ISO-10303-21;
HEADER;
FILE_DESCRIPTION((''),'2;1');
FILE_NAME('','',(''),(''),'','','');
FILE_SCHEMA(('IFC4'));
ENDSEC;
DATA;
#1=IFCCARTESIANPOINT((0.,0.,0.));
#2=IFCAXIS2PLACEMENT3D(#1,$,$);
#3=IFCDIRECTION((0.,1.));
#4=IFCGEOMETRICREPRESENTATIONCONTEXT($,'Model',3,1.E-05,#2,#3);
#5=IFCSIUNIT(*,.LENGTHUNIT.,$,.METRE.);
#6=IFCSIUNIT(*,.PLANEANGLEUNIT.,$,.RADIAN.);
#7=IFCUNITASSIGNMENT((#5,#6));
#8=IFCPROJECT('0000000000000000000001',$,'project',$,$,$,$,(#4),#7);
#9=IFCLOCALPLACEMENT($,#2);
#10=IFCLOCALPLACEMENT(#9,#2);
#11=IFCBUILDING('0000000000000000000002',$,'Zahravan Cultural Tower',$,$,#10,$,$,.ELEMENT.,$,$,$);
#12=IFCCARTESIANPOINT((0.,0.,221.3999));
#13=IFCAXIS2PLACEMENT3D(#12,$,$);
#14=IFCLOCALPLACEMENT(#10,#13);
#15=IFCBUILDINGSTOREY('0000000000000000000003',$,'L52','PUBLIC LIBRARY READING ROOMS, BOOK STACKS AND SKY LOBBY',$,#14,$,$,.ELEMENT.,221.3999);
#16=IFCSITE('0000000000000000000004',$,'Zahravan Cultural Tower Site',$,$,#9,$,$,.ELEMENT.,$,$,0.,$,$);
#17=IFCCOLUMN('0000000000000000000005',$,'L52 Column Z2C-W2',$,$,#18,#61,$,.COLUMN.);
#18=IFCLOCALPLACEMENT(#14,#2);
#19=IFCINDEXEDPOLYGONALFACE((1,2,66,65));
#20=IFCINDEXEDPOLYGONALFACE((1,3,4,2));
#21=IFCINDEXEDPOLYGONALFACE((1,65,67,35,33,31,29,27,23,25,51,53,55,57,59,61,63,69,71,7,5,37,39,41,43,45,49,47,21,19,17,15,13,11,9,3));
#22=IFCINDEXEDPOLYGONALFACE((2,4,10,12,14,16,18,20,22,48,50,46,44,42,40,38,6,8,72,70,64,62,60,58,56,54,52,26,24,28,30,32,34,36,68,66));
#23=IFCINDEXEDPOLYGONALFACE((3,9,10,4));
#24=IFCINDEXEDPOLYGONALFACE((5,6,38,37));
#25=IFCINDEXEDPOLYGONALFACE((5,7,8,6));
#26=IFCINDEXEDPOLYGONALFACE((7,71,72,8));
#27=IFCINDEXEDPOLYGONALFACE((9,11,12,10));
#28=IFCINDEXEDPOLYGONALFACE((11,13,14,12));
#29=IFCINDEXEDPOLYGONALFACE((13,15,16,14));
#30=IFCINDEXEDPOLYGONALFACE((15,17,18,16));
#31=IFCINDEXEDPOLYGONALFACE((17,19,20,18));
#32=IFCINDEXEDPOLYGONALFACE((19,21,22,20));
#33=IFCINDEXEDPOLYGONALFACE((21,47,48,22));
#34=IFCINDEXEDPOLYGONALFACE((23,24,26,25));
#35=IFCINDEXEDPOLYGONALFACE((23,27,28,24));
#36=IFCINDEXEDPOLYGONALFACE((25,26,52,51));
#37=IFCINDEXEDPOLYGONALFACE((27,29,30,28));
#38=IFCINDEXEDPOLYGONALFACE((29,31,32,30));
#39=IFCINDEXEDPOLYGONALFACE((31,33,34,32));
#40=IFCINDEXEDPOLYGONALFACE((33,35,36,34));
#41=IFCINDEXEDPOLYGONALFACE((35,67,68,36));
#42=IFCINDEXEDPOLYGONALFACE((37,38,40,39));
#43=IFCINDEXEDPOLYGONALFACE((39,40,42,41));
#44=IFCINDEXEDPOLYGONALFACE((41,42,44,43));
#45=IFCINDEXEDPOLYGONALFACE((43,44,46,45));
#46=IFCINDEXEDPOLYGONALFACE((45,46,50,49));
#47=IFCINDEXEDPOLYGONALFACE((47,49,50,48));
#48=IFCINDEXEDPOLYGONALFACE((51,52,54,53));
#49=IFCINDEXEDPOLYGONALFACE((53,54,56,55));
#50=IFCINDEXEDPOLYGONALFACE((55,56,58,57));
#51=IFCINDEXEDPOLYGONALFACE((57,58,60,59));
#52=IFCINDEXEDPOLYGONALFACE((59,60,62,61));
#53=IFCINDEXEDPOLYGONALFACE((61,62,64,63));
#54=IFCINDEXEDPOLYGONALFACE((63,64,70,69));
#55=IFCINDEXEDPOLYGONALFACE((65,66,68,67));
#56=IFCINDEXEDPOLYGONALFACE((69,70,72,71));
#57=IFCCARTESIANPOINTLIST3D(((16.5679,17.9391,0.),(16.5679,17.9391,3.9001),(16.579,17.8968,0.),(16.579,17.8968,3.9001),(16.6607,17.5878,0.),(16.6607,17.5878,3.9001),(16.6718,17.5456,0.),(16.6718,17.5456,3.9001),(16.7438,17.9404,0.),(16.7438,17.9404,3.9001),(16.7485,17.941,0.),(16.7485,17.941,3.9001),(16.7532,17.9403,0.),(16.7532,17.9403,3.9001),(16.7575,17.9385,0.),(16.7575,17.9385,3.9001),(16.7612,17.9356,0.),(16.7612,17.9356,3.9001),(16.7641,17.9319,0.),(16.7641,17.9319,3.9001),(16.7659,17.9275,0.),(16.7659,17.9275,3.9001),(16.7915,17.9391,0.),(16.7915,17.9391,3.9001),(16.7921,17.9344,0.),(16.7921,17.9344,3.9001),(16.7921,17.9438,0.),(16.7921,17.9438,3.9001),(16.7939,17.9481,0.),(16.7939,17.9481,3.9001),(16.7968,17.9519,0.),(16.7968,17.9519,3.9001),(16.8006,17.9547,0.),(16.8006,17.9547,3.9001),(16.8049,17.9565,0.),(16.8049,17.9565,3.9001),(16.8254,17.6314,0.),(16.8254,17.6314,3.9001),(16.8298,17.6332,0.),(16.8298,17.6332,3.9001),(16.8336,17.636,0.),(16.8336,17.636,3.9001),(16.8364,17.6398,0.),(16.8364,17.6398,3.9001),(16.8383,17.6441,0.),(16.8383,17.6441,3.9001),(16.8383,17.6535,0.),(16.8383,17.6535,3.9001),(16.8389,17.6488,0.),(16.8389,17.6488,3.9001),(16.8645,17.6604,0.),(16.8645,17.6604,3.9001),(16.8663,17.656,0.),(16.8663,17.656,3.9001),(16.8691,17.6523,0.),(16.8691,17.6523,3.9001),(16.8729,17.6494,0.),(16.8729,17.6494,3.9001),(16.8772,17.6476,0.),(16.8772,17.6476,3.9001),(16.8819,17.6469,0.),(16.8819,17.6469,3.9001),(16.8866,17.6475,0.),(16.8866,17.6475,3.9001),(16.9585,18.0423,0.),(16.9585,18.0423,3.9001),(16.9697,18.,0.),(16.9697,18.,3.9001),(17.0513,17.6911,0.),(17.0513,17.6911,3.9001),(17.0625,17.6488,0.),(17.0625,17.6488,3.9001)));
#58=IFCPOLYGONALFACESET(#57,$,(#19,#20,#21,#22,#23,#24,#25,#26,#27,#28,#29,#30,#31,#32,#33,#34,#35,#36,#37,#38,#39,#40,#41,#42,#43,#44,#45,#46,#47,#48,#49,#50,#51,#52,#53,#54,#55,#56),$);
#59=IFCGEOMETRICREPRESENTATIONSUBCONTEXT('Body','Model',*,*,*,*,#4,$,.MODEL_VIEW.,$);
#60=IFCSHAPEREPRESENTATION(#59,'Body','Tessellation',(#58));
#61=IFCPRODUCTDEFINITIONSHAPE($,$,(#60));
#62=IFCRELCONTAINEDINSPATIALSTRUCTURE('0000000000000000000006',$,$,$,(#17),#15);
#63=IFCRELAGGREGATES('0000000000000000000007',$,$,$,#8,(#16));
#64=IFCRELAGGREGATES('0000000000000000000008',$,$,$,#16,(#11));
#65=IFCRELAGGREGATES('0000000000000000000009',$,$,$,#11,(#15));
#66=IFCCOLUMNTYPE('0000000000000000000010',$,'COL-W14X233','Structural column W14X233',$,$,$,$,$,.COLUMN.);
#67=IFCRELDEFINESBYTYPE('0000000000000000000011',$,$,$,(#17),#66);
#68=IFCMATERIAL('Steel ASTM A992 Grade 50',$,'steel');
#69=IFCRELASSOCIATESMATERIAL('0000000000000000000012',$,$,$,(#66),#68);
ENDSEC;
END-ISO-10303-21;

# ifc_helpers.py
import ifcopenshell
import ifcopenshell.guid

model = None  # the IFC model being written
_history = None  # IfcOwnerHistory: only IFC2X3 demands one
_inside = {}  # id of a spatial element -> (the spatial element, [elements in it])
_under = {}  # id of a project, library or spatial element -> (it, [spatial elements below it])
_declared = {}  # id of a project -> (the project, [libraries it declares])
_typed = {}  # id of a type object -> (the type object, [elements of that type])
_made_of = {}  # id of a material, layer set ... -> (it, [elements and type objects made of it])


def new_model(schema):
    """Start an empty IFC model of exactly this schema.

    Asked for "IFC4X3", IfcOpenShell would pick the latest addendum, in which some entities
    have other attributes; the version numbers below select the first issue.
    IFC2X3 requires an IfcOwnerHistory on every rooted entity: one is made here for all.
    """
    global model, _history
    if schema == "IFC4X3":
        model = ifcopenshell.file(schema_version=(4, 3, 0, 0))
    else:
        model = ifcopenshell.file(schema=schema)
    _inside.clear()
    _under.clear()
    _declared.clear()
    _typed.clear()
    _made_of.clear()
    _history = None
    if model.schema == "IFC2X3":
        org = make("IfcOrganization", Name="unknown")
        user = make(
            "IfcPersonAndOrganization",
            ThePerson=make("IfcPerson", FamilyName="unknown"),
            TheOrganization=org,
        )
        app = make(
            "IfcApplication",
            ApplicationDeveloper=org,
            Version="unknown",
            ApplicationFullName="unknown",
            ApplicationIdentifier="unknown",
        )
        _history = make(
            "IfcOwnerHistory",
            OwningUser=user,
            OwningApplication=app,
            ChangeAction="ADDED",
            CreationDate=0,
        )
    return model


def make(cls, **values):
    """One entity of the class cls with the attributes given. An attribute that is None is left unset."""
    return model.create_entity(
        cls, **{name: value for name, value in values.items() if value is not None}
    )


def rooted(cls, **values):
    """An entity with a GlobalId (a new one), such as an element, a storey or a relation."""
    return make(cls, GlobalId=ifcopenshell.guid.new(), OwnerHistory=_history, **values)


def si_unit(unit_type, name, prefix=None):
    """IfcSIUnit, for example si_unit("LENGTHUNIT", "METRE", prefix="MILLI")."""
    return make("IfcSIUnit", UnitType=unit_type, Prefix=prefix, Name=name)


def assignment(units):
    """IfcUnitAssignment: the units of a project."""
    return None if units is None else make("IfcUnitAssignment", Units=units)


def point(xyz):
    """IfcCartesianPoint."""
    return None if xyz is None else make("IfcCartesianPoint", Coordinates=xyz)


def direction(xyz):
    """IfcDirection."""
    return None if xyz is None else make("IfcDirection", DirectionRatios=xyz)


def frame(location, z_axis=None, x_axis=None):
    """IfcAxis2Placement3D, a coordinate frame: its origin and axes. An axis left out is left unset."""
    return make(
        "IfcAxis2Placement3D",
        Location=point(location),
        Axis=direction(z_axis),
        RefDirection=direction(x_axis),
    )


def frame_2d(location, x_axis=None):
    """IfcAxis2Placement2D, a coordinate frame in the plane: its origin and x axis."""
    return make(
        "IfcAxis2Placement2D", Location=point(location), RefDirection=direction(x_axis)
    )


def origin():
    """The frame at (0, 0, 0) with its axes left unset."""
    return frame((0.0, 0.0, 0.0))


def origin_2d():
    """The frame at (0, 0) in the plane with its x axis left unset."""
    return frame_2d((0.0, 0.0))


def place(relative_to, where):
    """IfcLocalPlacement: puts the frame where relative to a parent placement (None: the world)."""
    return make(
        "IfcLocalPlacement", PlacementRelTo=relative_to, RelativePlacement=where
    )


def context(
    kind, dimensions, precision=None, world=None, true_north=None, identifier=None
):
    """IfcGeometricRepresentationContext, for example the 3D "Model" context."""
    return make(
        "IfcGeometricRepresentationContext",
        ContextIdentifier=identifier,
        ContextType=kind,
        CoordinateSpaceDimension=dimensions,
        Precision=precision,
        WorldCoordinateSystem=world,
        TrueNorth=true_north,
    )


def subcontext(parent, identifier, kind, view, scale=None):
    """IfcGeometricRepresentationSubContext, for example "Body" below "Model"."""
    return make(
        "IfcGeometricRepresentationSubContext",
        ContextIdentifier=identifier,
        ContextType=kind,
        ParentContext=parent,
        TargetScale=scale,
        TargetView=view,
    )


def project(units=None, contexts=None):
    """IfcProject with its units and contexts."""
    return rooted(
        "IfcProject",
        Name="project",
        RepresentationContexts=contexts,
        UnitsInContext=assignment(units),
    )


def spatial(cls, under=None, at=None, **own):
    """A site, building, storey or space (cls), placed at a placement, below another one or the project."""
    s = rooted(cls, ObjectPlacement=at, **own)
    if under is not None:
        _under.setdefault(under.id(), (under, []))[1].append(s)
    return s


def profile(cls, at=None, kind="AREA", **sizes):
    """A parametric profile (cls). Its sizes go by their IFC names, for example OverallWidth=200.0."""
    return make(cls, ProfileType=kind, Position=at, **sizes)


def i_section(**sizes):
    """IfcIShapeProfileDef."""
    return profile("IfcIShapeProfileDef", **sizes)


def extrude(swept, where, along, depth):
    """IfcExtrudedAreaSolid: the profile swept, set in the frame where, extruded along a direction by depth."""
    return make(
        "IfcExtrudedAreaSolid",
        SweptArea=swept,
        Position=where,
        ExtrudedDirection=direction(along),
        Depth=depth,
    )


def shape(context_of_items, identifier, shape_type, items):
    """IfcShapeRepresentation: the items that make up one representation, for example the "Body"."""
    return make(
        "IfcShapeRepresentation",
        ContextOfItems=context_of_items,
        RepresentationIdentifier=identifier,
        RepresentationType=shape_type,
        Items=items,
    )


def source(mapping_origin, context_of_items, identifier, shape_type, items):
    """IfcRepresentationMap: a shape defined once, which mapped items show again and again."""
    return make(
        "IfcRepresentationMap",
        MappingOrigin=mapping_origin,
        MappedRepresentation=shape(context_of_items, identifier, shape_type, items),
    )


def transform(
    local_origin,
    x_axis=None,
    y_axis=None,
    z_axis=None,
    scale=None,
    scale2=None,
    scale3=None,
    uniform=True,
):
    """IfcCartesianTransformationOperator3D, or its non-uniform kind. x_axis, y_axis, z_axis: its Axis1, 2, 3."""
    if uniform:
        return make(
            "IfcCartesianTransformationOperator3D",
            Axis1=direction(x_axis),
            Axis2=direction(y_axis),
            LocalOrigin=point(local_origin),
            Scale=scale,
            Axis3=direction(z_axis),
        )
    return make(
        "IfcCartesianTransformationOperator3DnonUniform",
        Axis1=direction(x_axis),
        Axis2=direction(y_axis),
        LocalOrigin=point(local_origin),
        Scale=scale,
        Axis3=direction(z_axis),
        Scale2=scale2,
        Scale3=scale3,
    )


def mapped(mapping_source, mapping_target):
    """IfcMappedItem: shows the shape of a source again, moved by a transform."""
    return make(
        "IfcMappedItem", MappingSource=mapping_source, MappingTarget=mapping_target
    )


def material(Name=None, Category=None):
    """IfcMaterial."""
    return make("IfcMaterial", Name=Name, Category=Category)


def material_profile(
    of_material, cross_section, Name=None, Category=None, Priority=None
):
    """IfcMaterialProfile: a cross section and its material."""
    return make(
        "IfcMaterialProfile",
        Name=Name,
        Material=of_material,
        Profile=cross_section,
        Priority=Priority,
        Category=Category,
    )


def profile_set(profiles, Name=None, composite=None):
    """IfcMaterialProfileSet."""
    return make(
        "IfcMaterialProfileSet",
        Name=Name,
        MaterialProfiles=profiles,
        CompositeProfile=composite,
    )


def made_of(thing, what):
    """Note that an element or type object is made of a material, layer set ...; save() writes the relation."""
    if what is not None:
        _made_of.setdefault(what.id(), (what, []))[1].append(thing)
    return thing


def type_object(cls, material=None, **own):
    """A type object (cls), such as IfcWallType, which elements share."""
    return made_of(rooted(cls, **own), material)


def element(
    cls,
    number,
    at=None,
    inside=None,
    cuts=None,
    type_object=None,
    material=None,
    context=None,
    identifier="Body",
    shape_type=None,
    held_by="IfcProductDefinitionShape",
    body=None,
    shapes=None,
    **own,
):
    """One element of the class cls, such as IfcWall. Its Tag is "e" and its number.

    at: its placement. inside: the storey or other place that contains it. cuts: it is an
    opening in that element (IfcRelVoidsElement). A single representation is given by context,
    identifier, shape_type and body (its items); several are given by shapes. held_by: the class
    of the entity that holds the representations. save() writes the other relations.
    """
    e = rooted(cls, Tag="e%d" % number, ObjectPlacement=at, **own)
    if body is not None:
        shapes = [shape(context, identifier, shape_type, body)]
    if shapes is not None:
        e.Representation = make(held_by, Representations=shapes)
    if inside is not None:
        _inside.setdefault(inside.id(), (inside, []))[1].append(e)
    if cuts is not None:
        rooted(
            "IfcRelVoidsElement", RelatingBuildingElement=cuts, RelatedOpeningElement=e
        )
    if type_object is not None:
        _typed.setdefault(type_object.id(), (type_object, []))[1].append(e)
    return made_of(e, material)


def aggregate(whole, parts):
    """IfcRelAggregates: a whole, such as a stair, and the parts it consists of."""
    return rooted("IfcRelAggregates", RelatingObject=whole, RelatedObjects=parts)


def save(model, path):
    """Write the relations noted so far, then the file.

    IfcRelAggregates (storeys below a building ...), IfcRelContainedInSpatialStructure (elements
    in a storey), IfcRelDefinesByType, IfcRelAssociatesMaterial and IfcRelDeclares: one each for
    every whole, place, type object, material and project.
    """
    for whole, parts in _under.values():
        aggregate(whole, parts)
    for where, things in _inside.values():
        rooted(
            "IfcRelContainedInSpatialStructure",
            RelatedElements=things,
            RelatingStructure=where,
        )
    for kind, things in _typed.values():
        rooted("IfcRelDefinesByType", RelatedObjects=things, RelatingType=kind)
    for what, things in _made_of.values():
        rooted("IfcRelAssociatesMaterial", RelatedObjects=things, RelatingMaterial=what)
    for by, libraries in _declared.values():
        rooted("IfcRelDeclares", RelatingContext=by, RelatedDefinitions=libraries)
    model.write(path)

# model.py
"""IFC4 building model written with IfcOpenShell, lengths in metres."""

from ifc_helpers import new_model, si_unit, direction, frame, origin, origin_2d, place, context, subcontext, project, spatial, i_section, extrude, source, transform, mapped, material, material_profile, profile_set, type_object, element, save


model = new_model("IFC4")

# Units and contexts
model_context = context("Model", 3, precision=1e-05, world=origin(), true_north=direction((0.0, 1.0)))
body_context = subcontext(model_context, "Body", "Model", "MODEL_VIEW")
ifc_project = project(units=[si_unit("LENGTHUNIT", "METRE"), si_unit("PLANEANGLEUNIT", "RADIAN")], contexts=[model_context])

# Site, building, storey
site_placement = place(None, origin())
site = spatial("IfcSite", under=ifc_project, at=site_placement, Name="Zahravan Cultural Tower Site", CompositionType="ELEMENT", RefElevation=0.0)
building_placement = place(site_placement, origin())
building = spatial("IfcBuilding", under=site, at=building_placement, Name="Zahravan Cultural Tower", CompositionType="ELEMENT")
storey_placement = place(building_placement, frame((0.0, 0.0, 221.3999)))
storey = spatial("IfcBuildingStorey", under=building, at=storey_placement, Name="L52", Description="PUBLIC LIBRARY READING ROOMS, BOOK STACKS AND SKY LOBBY", CompositionType="ELEMENT", Elevation=221.3999)

# Column
ifc_material_1 = material(Name="Steel ASTM A992 Grade 50", Category="steel")
ifc_material_profile = material_profile(ifc_material_1, i_section(OverallWidth=0.4041, OverallDepth=0.407, WebThickness=0.0271, FlangeThickness=0.0437, FilletRadius=0.0181, at=origin_2d()), Name="W14X233")
ifc_profile_set = profile_set([ifc_material_profile], Name="Steel ASTM A992 Grade 50")
column_type = type_object("IfcColumnType", Name="COL-W14X233", Description="Structural column W14X233", PredefinedType="COLUMN", material=ifc_profile_set)
shared_shape_1 = source(origin(), body_context, "Body", "SweptSolid", [
    extrude(i_section(OverallWidth=0.4041, OverallDepth=0.407, WebThickness=0.0271, FlangeThickness=0.0437, FilletRadius=0.0181, at=origin_2d()), origin(), (0.0, 0.0, 1.0), 3.9001),
])
column_placement = place(storey_placement, frame((16.8152, 17.7939, 0.0), z_axis=(0.0, 0.0, 1.0), x_axis=(0.966823, 0.255446, 0.0)))
element("IfcColumn", 1, at=column_placement, inside=storey, type_object=column_type, Name="L52 Column Z2C-W2", PredefinedType="COLUMN", context=body_context, shape_type="MappedRepresentation", body=[
    mapped(shared_shape_1, transform((0.0, 0.0, 0.0), x_axis=(1.0, 0.0, 0.0), y_axis=(0.0, 1.0, 0.0), z_axis=(0.0, 0.0, 1.0), scale=1.0)),
])

save(model, "model.ifc")
